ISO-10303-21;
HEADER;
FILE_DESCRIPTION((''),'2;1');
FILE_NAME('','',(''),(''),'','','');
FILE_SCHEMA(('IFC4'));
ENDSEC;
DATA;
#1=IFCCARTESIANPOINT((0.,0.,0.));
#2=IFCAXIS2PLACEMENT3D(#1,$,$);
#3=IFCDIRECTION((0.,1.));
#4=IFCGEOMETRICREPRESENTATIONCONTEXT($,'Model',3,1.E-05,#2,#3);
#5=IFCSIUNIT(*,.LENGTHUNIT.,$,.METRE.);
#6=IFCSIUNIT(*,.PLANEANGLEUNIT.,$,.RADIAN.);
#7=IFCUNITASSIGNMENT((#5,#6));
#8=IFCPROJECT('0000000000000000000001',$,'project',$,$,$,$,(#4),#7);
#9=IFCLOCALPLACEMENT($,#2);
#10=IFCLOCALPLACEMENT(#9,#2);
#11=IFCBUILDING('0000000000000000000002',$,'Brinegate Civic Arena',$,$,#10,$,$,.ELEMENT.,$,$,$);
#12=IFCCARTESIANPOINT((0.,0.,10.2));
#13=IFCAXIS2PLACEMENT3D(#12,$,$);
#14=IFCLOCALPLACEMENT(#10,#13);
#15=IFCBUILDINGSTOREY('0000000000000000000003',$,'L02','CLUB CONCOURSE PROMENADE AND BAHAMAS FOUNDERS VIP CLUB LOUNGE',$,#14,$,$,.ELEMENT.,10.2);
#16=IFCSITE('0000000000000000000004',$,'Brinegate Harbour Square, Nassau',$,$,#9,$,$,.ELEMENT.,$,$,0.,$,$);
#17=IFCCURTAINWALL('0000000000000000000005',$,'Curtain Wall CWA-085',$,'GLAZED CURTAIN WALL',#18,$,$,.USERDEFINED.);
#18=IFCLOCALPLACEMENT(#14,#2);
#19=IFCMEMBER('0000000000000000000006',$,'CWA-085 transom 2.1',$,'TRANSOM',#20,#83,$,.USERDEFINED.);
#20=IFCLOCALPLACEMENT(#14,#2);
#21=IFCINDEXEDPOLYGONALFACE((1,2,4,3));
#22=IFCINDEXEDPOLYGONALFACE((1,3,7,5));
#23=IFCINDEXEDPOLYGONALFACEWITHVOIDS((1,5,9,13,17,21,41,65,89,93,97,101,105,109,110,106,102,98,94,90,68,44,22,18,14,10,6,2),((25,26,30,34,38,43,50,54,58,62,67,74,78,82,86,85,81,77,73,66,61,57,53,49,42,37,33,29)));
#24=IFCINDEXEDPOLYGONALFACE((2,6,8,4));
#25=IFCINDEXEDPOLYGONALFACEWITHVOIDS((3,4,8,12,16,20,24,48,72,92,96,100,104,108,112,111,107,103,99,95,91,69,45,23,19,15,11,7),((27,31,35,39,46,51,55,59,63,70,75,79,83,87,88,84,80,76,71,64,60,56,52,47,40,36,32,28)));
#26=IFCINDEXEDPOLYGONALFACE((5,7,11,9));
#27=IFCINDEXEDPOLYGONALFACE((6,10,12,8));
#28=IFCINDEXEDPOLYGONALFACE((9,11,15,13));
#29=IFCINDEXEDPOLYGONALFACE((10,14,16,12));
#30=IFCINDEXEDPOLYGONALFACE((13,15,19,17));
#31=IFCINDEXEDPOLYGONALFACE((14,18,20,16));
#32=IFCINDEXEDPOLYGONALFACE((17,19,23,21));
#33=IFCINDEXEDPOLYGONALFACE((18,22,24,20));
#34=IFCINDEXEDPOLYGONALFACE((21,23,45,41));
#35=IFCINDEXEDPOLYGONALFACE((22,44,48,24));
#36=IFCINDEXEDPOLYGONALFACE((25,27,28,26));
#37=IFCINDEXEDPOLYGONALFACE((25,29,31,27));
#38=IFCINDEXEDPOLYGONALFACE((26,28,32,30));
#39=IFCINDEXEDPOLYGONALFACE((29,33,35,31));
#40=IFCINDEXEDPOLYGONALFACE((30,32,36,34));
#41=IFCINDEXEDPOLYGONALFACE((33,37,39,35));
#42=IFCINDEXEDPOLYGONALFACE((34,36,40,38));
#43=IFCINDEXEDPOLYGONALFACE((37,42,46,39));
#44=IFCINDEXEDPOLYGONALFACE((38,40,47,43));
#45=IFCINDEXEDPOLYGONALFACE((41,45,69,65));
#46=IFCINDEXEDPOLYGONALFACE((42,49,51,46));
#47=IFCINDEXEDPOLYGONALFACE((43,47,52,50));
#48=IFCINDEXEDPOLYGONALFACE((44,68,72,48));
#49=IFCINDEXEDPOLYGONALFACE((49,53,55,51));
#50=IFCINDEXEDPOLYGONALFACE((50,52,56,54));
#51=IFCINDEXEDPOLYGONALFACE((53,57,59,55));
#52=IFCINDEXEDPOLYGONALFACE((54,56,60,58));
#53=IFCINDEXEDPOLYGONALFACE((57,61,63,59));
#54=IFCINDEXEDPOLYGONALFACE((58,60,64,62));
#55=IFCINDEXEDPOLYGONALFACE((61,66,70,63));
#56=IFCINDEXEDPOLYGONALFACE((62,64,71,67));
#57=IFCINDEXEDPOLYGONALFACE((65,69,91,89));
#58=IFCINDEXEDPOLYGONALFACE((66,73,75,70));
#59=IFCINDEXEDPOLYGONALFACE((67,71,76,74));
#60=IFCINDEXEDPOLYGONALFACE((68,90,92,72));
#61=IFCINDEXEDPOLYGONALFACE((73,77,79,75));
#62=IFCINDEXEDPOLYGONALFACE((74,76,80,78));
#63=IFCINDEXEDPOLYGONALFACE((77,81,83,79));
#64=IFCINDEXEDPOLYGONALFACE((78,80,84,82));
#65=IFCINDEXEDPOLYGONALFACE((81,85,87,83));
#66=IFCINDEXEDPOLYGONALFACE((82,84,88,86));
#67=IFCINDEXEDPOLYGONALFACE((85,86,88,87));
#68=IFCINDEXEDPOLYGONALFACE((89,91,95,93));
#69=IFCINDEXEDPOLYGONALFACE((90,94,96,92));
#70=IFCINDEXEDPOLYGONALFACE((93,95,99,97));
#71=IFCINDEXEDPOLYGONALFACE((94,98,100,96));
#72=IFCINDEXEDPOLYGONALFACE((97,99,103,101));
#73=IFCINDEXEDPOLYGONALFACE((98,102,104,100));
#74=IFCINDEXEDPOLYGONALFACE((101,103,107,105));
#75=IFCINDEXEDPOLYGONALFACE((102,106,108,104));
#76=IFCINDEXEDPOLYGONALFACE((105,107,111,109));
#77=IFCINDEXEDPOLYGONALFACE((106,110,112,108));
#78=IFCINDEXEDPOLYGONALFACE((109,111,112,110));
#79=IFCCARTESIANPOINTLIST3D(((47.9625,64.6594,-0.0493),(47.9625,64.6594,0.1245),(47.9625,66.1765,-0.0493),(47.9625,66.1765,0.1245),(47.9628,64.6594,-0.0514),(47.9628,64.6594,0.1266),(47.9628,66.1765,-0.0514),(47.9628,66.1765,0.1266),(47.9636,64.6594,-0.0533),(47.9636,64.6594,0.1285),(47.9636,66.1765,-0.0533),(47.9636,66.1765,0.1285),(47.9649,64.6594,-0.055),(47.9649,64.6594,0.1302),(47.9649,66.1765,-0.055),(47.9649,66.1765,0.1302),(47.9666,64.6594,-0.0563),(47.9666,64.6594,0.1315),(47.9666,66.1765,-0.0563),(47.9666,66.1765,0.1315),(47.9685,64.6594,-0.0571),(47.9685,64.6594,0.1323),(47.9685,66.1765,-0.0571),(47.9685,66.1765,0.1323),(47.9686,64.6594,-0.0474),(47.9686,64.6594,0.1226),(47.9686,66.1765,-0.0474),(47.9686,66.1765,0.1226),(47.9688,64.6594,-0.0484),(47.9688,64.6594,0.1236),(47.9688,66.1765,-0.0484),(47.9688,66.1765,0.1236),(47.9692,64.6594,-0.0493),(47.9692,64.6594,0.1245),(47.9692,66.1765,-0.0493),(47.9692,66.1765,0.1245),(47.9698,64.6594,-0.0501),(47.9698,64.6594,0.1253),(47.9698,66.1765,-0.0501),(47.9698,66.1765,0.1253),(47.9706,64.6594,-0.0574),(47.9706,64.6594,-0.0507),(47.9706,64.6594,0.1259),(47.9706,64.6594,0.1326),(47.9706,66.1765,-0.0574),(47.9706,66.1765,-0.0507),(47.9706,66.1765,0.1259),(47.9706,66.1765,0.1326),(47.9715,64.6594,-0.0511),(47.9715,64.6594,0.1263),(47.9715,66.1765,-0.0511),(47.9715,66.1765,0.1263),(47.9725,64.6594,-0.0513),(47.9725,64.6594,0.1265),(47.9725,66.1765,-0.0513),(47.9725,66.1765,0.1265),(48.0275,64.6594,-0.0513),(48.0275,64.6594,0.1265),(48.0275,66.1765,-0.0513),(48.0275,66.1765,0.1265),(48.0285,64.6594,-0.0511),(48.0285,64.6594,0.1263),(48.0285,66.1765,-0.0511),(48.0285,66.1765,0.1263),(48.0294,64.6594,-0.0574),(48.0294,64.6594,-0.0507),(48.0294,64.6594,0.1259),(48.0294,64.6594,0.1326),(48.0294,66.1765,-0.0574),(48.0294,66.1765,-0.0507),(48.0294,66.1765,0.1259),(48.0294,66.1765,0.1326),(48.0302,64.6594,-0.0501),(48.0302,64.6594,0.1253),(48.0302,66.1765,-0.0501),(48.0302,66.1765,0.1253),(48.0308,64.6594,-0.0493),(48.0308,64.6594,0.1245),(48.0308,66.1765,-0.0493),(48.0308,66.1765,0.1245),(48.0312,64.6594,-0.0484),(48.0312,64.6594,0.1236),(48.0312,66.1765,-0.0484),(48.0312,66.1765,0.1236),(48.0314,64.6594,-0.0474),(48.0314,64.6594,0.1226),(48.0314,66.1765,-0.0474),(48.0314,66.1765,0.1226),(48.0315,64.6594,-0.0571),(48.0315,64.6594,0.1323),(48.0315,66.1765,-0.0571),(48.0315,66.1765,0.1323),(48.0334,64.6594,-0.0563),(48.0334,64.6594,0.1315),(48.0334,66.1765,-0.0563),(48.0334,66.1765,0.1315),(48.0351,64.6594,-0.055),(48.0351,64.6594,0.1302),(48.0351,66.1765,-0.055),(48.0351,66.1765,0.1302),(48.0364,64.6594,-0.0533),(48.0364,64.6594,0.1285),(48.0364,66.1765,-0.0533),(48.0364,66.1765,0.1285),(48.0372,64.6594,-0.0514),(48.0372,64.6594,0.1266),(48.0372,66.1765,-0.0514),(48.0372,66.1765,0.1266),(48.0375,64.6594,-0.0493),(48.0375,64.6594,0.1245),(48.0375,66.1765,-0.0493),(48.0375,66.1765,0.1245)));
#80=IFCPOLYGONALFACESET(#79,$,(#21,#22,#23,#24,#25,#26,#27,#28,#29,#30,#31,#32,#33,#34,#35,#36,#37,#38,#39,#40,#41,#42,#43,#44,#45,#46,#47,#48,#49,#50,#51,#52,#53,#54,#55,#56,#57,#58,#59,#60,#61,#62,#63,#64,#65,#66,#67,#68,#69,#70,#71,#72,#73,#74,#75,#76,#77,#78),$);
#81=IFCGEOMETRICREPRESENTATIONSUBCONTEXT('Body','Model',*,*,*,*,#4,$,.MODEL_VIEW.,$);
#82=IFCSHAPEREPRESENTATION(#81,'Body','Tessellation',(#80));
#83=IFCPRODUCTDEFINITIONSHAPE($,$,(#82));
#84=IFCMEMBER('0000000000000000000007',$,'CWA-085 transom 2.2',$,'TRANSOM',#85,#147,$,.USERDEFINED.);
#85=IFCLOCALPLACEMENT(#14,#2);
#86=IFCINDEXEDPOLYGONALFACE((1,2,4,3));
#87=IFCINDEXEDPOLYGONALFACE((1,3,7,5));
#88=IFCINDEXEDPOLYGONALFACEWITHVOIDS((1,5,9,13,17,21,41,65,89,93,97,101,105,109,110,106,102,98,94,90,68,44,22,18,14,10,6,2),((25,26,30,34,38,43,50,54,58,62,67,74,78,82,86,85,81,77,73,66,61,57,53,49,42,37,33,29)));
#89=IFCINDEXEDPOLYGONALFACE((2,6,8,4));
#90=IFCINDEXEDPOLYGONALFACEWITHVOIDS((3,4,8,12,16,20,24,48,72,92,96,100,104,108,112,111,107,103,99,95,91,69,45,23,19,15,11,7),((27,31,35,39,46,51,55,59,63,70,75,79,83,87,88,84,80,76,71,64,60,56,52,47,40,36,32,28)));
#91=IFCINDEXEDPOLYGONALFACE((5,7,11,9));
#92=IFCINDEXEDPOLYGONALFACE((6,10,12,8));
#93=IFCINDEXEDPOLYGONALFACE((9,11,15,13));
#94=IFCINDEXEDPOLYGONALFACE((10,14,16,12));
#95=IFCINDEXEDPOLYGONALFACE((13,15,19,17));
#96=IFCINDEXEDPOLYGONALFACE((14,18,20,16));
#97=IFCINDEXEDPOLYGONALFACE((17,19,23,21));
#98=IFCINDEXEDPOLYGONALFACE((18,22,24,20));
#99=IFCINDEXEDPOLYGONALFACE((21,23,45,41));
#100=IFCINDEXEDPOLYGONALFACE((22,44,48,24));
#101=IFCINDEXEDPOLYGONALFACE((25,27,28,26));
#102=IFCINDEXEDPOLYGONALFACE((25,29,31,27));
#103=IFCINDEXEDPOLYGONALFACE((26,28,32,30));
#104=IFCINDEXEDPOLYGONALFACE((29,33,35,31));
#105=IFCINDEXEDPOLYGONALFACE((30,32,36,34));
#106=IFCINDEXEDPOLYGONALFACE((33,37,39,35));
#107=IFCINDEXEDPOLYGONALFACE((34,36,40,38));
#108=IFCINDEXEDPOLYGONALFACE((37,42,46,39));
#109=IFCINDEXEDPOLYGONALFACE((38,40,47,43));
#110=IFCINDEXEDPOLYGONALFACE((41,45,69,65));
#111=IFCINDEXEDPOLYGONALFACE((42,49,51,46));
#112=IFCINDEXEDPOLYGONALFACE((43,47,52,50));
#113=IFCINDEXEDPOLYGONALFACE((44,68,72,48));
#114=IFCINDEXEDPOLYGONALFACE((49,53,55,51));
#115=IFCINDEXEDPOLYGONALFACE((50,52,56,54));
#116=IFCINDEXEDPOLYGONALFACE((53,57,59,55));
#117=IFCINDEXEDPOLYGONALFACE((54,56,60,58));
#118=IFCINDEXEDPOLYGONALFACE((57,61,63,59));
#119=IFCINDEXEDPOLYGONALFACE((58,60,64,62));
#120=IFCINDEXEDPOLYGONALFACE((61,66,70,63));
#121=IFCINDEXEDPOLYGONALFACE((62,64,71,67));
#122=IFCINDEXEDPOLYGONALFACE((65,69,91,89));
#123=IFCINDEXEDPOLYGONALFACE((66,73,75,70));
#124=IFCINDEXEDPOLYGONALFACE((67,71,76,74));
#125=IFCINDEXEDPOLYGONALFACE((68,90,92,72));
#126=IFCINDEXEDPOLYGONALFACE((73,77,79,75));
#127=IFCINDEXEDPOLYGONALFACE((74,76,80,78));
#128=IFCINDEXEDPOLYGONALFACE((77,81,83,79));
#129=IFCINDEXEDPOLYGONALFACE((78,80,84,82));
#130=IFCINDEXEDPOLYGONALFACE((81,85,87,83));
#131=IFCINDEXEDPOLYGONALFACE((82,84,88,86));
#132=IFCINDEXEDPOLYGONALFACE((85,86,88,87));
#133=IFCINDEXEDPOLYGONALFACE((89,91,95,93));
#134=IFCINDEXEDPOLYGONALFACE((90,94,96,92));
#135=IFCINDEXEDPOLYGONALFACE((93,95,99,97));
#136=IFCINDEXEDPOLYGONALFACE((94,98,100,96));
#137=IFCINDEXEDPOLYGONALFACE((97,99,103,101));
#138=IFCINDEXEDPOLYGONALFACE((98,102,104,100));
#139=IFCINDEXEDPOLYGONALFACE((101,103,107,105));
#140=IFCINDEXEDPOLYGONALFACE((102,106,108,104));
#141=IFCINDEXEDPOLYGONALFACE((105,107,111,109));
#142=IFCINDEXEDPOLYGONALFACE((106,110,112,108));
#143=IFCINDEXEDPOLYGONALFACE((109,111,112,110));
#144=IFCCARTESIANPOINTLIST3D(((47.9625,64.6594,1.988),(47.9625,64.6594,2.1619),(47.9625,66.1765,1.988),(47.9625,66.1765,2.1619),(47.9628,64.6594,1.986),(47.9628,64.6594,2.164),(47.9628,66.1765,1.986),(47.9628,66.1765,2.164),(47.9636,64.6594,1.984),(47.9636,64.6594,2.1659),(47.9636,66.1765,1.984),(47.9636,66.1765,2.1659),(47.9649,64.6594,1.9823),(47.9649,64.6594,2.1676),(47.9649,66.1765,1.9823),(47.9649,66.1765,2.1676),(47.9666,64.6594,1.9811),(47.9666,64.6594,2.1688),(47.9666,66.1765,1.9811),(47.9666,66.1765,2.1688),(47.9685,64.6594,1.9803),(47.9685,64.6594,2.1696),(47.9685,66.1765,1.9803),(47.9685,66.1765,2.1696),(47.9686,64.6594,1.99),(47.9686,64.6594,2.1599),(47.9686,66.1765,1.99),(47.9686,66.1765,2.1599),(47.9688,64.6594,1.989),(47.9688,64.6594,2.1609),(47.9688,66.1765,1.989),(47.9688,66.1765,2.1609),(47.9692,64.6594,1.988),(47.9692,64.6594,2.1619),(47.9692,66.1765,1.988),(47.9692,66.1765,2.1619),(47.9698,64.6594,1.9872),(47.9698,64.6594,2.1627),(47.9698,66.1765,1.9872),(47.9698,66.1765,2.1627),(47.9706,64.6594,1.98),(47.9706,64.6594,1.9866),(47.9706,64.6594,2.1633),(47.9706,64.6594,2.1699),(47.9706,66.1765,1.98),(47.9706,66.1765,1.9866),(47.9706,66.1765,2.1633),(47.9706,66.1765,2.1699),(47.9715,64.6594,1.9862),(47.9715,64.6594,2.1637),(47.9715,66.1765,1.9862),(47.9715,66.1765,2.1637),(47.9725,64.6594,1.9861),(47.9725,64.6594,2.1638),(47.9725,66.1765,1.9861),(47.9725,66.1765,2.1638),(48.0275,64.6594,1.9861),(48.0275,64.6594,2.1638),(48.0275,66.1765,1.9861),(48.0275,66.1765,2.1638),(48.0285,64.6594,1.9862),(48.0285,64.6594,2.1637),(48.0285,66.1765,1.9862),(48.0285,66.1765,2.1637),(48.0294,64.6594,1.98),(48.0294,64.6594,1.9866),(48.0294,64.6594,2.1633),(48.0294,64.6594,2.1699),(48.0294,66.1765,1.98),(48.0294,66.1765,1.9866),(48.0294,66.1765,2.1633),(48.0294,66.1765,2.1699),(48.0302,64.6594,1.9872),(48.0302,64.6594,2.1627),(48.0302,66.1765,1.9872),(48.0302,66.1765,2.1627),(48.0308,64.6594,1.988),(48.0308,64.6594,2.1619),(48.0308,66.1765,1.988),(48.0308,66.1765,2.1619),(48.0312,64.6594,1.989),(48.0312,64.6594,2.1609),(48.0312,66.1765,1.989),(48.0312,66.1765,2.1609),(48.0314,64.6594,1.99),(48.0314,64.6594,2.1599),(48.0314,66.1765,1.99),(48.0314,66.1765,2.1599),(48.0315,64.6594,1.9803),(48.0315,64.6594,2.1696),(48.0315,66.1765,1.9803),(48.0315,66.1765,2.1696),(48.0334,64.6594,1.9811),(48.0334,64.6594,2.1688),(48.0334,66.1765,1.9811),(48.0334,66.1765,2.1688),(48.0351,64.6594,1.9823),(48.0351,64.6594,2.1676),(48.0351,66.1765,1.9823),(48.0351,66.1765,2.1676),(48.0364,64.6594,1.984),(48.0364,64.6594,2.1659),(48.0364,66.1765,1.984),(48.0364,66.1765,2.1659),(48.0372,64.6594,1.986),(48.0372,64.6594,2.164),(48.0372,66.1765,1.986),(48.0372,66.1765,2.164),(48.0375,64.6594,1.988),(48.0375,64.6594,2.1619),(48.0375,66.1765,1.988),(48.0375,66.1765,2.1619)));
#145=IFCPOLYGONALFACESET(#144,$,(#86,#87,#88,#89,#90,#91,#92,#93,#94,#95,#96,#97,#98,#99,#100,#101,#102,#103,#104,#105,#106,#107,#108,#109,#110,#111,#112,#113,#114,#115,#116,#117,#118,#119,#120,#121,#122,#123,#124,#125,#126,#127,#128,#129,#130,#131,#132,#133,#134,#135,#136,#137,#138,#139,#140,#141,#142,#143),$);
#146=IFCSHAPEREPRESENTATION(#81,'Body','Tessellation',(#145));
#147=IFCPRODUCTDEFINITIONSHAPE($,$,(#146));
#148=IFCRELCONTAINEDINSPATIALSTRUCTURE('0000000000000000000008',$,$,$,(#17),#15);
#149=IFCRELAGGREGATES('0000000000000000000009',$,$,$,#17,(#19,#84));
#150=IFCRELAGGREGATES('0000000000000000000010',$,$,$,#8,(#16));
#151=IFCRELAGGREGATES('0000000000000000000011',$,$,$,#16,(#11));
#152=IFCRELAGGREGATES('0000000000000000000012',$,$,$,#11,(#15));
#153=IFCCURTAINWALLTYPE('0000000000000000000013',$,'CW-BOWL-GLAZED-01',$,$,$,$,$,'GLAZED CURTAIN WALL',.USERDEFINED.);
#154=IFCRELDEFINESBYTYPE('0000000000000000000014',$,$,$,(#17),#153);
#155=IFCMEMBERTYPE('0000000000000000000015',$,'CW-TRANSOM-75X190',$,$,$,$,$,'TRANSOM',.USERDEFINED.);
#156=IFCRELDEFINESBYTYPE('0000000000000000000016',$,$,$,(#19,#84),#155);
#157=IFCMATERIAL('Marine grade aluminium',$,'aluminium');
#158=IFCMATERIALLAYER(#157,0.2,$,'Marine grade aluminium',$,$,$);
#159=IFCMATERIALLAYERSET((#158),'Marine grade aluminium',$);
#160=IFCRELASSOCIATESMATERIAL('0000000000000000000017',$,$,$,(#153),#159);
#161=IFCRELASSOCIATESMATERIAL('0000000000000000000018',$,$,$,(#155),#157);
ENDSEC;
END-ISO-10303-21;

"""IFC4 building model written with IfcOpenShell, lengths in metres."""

from ifc_helpers import new_model, si_unit, direction, frame, origin, origin_2d, place, context, subcontext, project, spatial, hollow_rectangle, extrude, material, layer, layer_set, material_profile, profile_set, type_object, element, aggregate, save


model = new_model("IFC4")

# Units and contexts
model_context = context("Model", 3, precision=1e-05, world=origin(), true_north=direction((0.0, 1.0)))
body_context = subcontext(model_context, "Body", "Model", "MODEL_VIEW")
ifc_project = project(units=[si_unit("LENGTHUNIT", "METRE"), si_unit("PLANEANGLEUNIT", "RADIAN")], contexts=[model_context])

# Site, building, storey
site_placement = place(None, origin())
site = spatial("IfcSite", under=ifc_project, at=site_placement, Name="Brinegate Harbour Square, Nassau", CompositionType="ELEMENT", RefElevation=0.0)
building_placement = place(site_placement, origin())
building = spatial("IfcBuilding", under=site, at=building_placement, Name="Brinegate Civic Arena", CompositionType="ELEMENT")
storey_placement = place(building_placement, frame((0.0, 0.0, 10.2)))
storey = spatial("IfcBuildingStorey", under=building, at=storey_placement, Name="L02", Description="CLUB CONCOURSE PROMENADE AND BAHAMAS FOUNDERS VIP CLUB LOUNGE", CompositionType="ELEMENT", Elevation=10.2)

# Curtain wall
ifc_material_1 = material(Name="Marine grade aluminium", Category="aluminium")
ifc_layer_1 = layer(ifc_material_1, 0.2, Name="Marine grade aluminium")
ifc_layer_set_1 = layer_set([ifc_layer_1], Name="Marine grade aluminium")
curtain_wall_type = type_object("IfcCurtainWallType", Name="CW-BOWL-GLAZED-01", ElementType="GLAZED CURTAIN WALL", PredefinedType="USERDEFINED", material=ifc_layer_set_1)
curtain_wall_1_placement = place(storey_placement, origin())
curtain_wall_1 = element("IfcCurtainWall", 1, at=curtain_wall_1_placement, inside=storey, type_object=curtain_wall_type, Name="Curtain Wall CWA-085", ObjectType="GLAZED CURTAIN WALL", PredefinedType="USERDEFINED")

# Members
ifc_material_profile_1 = material_profile(ifc_material_1, hollow_rectangle(XDim=0.075, YDim=0.1899, WallThickness=0.0061, InnerFilletRadius=0.0039, OuterFilletRadius=0.0081, at=origin_2d()), Name="TRN75X190")
ifc_profile_set_1 = profile_set([ifc_material_profile_1], Name="Marine grade aluminium")
member_type_1 = type_object("IfcMemberType", Name="CW-TRANSOM-75X190", ElementType="TRANSOM", PredefinedType="USERDEFINED", material=ifc_profile_set_1)
member_1_placement = place(storey_placement, frame((48.0, 64.6594, 0.0376), z_axis=(0.0, 1.0, 0.0), x_axis=(-1.0, 0.0, 0.0)))
member_1 = element("IfcMember", 2, at=member_1_placement, type_object=member_type_1, Name="CWA-085 transom 2.1", ObjectType="TRANSOM", PredefinedType="USERDEFINED", context=body_context, shape_type="SweptSolid", body=[
    extrude(hollow_rectangle(XDim=0.075, YDim=0.1899, WallThickness=0.0061, InnerFilletRadius=0.0039, OuterFilletRadius=0.0081, at=origin_2d()), origin(), (0.0, 0.0, 1.0), 1.5171),
])
member_2_placement = place(storey_placement, frame((48.0, 64.6594, 2.075), z_axis=(0.0, 1.0, 0.0), x_axis=(-1.0, 0.0, 0.0)))
member_2 = element("IfcMember", 3, at=member_2_placement, type_object=member_type_1, Name="CWA-085 transom 2.2", ObjectType="TRANSOM", PredefinedType="USERDEFINED", context=body_context, shape_type="SweptSolid", body=[
    extrude(hollow_rectangle(XDim=0.075, YDim=0.1899, WallThickness=0.0061, InnerFilletRadius=0.0039, OuterFilletRadius=0.0081, at=origin_2d()), origin(), (0.0, 0.0, 1.0), 1.5171),
])

aggregate(curtain_wall_1, [member_1, member_2])

save(model, "model.ifc")
